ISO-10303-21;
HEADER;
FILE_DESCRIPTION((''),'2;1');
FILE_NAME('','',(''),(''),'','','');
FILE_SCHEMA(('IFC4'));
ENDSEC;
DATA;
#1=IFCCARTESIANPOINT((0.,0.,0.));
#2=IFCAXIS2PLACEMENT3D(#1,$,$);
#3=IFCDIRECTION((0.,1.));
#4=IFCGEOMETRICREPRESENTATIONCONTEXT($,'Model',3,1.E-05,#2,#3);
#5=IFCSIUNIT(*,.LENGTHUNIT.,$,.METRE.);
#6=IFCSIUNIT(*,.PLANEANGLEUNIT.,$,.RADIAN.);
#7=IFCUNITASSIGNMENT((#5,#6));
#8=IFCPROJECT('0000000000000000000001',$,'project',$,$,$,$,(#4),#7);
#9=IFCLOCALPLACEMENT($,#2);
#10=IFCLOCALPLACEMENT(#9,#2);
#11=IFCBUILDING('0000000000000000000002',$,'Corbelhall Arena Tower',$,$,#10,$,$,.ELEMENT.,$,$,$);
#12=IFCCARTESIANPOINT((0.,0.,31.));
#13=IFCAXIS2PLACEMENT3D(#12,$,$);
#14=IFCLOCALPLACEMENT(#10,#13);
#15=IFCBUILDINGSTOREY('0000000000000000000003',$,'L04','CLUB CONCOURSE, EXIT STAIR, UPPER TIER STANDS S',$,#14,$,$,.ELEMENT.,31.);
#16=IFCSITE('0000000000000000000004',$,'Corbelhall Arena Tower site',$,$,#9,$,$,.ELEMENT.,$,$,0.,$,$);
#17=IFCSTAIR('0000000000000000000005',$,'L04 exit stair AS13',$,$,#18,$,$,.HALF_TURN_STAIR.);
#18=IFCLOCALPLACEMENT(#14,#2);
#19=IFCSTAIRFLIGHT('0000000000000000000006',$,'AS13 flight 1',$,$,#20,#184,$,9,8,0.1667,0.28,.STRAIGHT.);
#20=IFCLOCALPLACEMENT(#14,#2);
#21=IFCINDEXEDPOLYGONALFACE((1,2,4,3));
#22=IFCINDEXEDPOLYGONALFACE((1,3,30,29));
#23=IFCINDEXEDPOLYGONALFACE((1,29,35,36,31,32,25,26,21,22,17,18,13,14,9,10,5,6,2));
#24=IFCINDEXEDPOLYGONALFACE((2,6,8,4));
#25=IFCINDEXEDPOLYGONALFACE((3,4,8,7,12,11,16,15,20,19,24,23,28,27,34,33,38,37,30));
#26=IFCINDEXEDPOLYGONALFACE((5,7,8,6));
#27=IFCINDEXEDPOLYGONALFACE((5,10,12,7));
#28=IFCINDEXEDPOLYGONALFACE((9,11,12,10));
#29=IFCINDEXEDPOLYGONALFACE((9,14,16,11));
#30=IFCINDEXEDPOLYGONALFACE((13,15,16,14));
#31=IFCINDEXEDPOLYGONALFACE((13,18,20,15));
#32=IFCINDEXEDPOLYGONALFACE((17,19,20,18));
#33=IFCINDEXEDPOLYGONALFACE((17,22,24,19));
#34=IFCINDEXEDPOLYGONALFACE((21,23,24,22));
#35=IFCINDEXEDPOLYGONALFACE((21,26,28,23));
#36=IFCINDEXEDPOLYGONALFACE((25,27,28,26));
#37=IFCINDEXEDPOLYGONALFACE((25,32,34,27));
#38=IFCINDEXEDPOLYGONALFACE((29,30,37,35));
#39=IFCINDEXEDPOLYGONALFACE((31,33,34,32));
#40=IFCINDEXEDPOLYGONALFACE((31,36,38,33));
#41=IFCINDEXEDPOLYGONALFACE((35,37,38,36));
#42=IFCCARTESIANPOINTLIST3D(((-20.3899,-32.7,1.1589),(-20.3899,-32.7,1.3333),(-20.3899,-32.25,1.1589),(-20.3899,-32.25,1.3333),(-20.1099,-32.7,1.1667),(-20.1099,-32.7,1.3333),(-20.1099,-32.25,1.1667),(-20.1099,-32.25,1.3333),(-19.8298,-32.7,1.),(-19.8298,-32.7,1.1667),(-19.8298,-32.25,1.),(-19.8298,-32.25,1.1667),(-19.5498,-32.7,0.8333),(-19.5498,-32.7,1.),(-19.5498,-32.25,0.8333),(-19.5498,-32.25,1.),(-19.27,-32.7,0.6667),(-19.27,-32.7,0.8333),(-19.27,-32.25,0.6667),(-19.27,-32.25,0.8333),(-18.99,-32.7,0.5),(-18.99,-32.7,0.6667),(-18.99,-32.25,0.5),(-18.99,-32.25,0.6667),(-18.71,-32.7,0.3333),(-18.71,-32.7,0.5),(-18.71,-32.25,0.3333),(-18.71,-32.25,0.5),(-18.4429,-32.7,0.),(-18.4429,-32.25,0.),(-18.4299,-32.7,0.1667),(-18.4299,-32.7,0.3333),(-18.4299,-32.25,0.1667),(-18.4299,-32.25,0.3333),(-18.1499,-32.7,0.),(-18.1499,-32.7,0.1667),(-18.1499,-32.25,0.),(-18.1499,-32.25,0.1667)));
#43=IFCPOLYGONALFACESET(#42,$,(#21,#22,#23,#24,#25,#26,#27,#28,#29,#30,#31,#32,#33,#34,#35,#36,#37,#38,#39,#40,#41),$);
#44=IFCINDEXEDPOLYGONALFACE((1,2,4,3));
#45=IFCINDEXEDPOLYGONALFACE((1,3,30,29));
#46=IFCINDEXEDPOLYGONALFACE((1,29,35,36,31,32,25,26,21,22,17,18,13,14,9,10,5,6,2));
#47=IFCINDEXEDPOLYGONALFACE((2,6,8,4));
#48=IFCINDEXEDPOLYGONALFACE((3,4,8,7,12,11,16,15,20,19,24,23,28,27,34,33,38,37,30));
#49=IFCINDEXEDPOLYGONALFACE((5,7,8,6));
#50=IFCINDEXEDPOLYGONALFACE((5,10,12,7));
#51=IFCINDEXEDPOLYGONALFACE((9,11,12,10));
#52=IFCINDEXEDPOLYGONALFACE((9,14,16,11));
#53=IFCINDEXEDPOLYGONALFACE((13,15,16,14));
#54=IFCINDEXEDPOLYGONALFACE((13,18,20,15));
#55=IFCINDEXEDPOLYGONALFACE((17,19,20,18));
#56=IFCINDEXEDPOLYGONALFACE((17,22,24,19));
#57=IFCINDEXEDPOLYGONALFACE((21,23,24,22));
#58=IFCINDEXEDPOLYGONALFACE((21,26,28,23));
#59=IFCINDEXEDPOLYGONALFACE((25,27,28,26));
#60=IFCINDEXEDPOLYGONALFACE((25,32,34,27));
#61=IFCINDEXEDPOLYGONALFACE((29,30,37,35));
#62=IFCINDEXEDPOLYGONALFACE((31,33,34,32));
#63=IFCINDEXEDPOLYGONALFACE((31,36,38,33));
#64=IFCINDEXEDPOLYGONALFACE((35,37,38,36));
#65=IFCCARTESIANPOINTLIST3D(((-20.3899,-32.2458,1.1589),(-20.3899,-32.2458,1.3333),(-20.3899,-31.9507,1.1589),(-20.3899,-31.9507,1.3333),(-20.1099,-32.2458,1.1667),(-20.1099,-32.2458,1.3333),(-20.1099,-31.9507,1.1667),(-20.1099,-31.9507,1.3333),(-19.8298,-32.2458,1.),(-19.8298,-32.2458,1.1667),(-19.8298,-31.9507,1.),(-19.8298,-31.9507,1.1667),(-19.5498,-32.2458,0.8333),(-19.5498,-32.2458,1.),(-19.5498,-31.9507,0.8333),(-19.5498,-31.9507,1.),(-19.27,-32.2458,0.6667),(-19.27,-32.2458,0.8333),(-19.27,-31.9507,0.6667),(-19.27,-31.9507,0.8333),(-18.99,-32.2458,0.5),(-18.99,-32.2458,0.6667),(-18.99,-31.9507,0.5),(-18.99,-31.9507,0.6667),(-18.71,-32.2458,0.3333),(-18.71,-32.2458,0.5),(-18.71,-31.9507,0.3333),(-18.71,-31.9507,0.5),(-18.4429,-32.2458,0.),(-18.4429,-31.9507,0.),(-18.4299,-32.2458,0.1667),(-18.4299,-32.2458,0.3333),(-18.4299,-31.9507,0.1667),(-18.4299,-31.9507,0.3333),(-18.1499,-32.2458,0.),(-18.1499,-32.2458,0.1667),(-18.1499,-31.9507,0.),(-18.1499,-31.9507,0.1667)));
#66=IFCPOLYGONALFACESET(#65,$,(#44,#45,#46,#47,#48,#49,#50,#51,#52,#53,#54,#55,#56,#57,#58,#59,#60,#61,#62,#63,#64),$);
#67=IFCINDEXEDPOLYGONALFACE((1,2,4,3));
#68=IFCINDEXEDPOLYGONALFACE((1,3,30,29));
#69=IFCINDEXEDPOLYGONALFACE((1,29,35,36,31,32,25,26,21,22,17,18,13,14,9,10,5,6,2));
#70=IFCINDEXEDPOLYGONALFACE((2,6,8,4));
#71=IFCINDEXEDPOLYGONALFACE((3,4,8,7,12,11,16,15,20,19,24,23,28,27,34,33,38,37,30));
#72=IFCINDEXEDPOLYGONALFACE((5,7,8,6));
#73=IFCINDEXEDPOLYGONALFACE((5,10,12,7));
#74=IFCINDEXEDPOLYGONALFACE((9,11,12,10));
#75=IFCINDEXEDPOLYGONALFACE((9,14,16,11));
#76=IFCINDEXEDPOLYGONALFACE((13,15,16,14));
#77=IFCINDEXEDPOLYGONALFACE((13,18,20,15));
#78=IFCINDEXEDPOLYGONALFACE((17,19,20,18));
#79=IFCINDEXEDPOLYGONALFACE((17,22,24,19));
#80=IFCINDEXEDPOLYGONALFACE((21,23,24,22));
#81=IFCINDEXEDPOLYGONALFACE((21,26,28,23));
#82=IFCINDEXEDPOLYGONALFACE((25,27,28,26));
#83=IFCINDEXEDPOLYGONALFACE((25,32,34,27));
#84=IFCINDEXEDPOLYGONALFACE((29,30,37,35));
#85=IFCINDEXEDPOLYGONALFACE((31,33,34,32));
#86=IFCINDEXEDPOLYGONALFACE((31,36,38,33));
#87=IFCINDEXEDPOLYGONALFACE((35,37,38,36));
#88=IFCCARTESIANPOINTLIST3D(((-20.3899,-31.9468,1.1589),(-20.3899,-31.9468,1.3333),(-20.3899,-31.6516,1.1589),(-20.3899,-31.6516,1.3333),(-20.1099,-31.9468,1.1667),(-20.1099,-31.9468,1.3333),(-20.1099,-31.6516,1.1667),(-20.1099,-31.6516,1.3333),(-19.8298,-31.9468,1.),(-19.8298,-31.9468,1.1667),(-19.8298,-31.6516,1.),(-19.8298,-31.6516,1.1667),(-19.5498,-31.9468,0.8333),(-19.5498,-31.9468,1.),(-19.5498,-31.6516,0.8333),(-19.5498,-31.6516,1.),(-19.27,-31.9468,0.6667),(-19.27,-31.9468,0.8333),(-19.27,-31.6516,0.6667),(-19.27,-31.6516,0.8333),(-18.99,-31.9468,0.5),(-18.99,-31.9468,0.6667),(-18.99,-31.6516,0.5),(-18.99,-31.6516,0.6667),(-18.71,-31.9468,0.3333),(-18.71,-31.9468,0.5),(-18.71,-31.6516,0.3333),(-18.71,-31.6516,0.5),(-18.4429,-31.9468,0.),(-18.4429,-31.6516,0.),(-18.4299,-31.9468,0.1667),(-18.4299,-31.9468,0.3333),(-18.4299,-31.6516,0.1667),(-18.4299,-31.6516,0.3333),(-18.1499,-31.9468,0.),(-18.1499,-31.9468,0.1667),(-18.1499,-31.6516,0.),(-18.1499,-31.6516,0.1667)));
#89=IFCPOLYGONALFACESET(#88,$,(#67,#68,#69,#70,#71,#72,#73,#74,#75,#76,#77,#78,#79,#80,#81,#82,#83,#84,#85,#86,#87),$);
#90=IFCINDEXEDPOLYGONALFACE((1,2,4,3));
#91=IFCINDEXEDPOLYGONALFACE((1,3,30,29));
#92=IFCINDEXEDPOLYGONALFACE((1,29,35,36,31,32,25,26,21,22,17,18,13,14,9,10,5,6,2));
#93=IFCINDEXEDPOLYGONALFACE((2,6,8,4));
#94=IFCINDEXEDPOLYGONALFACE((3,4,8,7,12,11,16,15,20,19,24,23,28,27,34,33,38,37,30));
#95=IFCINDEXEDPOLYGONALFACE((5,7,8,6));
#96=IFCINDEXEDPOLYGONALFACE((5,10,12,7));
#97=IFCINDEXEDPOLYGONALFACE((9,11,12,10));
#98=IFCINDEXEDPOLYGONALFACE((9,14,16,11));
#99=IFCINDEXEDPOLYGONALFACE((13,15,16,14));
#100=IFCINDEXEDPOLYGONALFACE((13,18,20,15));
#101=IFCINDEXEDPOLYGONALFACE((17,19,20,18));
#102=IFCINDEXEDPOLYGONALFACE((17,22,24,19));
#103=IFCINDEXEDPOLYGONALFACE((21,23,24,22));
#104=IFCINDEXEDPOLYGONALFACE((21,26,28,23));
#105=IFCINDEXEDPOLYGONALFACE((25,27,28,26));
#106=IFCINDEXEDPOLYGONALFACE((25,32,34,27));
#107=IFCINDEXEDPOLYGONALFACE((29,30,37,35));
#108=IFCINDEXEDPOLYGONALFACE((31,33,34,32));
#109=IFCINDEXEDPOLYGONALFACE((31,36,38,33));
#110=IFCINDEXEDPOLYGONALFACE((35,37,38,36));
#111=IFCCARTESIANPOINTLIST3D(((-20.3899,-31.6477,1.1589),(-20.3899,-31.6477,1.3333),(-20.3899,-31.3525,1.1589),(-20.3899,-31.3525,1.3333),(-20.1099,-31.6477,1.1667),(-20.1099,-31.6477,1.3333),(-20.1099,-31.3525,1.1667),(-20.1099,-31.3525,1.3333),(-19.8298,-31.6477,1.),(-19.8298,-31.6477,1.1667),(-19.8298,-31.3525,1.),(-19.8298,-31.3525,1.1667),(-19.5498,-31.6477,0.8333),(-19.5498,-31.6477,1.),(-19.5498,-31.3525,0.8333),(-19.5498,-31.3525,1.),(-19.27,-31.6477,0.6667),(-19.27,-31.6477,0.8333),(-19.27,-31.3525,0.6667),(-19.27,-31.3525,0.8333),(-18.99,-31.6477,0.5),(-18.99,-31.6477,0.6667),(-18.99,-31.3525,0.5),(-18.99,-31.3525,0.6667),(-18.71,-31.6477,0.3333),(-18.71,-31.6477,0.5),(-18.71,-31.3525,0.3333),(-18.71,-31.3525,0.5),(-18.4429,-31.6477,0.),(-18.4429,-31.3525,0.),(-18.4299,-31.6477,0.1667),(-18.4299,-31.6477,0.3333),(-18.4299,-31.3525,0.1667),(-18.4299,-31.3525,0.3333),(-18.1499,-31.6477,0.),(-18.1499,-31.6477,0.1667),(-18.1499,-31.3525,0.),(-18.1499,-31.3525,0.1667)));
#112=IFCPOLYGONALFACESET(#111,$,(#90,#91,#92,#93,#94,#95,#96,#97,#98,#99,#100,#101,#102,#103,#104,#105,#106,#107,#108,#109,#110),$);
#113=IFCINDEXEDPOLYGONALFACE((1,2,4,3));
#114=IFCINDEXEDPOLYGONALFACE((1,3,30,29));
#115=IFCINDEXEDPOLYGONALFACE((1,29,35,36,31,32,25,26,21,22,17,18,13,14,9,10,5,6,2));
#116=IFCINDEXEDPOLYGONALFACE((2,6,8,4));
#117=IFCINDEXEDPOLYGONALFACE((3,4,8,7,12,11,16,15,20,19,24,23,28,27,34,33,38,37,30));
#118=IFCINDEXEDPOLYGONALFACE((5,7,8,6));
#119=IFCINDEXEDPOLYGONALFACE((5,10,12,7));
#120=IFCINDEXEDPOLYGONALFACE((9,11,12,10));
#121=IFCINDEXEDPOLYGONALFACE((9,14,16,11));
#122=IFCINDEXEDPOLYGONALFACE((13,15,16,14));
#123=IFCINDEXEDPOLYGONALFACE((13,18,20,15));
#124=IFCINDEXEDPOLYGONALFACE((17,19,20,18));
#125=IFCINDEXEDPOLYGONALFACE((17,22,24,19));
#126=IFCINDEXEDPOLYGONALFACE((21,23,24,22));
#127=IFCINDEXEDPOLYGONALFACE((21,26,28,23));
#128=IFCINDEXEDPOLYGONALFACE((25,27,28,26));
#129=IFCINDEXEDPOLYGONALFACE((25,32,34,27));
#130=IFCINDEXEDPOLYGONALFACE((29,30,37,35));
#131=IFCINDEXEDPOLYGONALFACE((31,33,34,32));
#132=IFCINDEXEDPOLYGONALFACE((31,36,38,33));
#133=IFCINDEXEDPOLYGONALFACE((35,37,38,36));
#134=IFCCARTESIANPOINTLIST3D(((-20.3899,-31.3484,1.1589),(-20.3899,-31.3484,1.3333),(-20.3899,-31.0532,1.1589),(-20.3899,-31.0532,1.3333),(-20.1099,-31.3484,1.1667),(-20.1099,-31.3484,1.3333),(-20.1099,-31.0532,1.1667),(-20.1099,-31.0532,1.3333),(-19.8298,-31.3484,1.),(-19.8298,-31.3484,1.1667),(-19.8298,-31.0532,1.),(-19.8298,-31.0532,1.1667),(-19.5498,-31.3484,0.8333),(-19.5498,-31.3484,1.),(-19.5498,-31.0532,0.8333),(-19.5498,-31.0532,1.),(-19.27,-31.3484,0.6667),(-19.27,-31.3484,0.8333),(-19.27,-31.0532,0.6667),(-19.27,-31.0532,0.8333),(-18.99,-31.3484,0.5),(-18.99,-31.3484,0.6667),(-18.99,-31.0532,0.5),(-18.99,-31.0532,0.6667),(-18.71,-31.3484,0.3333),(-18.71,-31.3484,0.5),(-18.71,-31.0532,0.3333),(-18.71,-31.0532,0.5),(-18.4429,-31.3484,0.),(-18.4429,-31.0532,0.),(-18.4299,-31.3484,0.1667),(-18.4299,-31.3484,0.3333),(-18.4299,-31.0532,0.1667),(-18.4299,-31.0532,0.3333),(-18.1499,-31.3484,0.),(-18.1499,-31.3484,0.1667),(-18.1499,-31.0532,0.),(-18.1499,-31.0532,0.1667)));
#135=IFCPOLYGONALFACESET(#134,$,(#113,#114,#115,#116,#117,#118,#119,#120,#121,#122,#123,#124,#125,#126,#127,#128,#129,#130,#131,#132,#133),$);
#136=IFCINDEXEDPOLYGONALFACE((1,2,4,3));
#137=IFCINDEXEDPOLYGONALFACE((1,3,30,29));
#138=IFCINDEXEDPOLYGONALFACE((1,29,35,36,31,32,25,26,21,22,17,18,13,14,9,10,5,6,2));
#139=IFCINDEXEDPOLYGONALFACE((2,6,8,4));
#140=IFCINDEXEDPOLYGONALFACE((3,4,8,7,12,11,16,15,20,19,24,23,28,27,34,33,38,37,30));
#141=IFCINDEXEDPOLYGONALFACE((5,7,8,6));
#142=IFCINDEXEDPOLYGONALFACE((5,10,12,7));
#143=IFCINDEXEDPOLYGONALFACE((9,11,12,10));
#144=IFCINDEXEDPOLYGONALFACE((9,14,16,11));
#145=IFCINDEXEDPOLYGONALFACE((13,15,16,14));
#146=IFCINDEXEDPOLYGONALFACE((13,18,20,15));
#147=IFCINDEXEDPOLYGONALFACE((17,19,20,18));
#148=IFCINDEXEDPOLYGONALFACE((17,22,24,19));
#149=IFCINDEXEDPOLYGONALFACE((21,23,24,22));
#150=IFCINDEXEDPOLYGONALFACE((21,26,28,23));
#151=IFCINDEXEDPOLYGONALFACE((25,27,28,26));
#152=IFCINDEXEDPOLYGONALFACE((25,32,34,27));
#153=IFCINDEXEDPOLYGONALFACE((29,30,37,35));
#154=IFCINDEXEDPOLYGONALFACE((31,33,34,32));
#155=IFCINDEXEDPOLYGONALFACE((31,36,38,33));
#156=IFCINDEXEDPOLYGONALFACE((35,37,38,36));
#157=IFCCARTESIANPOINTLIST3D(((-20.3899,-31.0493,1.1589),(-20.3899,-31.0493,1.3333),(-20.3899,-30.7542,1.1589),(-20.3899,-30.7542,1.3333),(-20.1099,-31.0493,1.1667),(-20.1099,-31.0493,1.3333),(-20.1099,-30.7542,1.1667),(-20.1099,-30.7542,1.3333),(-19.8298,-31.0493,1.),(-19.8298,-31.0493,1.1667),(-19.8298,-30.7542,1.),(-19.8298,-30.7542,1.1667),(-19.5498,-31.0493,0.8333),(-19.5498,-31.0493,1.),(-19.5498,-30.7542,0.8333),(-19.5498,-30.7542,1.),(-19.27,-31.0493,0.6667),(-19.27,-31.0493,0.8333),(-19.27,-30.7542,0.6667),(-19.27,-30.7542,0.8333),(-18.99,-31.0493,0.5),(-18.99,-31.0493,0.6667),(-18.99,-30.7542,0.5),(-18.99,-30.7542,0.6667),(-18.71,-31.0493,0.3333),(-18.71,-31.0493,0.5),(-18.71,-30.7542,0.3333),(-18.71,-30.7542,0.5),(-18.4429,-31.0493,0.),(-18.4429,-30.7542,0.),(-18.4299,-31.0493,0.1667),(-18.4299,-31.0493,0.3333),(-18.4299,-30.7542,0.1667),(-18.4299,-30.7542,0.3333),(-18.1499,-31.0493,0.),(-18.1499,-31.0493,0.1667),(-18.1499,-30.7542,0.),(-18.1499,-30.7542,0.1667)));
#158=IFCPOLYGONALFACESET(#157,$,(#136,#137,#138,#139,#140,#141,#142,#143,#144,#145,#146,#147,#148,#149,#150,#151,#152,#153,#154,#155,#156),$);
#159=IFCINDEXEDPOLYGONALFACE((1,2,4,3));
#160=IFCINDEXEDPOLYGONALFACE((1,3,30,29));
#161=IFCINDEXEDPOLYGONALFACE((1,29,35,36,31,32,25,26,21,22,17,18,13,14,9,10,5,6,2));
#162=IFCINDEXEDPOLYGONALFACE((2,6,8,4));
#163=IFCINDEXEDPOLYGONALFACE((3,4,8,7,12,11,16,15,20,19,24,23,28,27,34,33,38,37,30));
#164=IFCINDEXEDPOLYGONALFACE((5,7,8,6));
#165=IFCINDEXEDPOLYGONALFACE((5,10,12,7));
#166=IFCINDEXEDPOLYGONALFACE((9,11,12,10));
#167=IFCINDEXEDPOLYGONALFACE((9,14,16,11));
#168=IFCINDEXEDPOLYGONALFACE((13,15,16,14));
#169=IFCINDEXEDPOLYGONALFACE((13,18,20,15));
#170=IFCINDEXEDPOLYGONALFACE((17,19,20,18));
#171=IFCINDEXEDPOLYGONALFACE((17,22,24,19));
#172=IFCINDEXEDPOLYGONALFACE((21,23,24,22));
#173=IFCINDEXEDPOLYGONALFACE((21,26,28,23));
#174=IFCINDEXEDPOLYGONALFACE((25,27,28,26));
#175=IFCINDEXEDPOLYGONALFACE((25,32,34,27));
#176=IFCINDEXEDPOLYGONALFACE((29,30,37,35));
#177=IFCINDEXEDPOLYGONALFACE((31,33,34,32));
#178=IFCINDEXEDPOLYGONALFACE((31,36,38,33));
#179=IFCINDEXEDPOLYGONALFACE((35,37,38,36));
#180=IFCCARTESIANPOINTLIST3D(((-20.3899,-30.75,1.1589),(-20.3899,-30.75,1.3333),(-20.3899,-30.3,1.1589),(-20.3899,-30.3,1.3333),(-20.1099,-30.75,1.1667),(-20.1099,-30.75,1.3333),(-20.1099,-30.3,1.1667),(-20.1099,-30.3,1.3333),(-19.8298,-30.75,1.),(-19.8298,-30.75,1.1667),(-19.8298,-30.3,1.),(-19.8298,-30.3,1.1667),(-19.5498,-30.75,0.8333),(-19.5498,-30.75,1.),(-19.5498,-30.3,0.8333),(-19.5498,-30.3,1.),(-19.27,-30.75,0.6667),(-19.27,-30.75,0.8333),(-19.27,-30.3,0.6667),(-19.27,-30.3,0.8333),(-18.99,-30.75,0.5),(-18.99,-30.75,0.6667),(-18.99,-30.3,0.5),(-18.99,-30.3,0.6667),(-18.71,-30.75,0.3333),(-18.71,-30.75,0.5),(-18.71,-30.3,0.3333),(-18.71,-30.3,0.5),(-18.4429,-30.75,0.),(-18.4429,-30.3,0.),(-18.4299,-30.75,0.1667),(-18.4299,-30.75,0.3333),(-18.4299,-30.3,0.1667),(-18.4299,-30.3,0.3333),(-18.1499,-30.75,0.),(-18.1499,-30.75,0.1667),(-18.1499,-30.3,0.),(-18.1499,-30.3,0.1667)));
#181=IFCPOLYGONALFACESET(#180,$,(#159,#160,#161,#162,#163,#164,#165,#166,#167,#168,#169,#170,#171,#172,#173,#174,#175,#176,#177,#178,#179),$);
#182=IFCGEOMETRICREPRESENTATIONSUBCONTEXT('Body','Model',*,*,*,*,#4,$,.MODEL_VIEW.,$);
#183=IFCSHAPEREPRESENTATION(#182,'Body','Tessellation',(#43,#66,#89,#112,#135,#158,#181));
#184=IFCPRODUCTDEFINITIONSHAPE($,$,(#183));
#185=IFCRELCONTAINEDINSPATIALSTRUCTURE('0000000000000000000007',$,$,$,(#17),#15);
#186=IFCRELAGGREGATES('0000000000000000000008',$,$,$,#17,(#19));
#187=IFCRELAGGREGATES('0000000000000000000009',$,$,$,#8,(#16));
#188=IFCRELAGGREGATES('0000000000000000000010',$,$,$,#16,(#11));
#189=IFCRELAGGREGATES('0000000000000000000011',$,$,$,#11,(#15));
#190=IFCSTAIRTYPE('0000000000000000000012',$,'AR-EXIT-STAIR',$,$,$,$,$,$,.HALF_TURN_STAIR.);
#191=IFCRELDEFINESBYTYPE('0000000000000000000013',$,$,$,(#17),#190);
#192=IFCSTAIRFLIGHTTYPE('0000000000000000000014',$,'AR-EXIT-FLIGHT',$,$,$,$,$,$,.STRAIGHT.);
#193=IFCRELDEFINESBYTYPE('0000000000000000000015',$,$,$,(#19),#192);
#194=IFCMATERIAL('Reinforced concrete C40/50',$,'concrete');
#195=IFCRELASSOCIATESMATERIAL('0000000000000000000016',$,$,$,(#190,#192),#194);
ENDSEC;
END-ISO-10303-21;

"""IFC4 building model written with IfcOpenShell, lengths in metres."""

from ifc_helpers import new_model, si_unit, direction, frame, origin, place, context, subcontext, project, spatial, polyline, outline, extrude, material, type_object, element, aggregate, save


model = new_model("IFC4")

# Units and contexts
model_context = context("Model", 3, precision=1e-05, world=origin(), true_north=direction((0.0, 1.0)))
body_context = subcontext(model_context, "Body", "Model", "MODEL_VIEW")
ifc_project = project(units=[si_unit("LENGTHUNIT", "METRE"), si_unit("PLANEANGLEUNIT", "RADIAN")], contexts=[model_context])

# Site, building, storey
site_placement = place(None, origin())
site = spatial("IfcSite", under=ifc_project, at=site_placement, Name="Corbelhall Arena Tower site", CompositionType="ELEMENT", RefElevation=0.0)
building_placement = place(site_placement, origin())
building = spatial("IfcBuilding", under=site, at=building_placement, Name="Corbelhall Arena Tower", CompositionType="ELEMENT")
storey_placement = place(building_placement, frame((0.0, 0.0, 31.0)))
storey = spatial("IfcBuildingStorey", under=building, at=storey_placement, Name="L04", Description="CLUB CONCOURSE, EXIT STAIR, UPPER TIER STANDS S", CompositionType="ELEMENT", Elevation=31.0)

# Shared definitions
ifc_material_1 = material(Name="Reinforced concrete C40/50", Category="concrete")

# Stair, stair flight
stair_type = type_object("IfcStairType", Name="AR-EXIT-STAIR", PredefinedType="HALF_TURN_STAIR", material=ifc_material_1)
stair_1_placement = place(storey_placement, origin())
stair_1 = element("IfcStair", 1, at=stair_1_placement, inside=storey, type_object=stair_type, Name="L04 exit stair AS13", PredefinedType="HALF_TURN_STAIR")
stair_flight_type = type_object("IfcStairFlightType", Name="AR-EXIT-FLIGHT", PredefinedType="STRAIGHT", material=ifc_material_1)
stair_flight_1_placement = place(storey_placement, frame((-18.1499, -31.5, 0.0), z_axis=(0.0, 0.0, 1.0), x_axis=(-1.0, 0.0, 0.0)))
stair_flight_1 = element("IfcStairFlight", 2, at=stair_flight_1_placement, type_object=stair_flight_type, Name="AS13 flight 1", NumberOfRisers=9, NumberOfTreads=8, PredefinedType="STRAIGHT", RiserHeight=0.1667, TreadLength=0.28, context=body_context, shape_type="SweptSolid", body=[
    extrude(outline(polyline([(0.0, 0.0), (0.0, 0.1667), (0.28, 0.1667), (0.28, 0.3333), (0.5601, 0.3333), (0.5601, 0.5), (0.8401, 0.5), (0.8401, 0.6667), (1.1201, 0.6667), (1.1201, 0.8333), (1.3999, 0.8333), (1.3999, 1.0), (1.6799, 1.0), (1.6799, 1.1667), (1.96, 1.1667), (1.96, 1.3333), (2.24, 1.3333), (2.24, 1.5), (2.24, 1.1589), (0.293, 0.0), (0.0, 0.0)])), frame((0.0, 1.2, 0.0), z_axis=(0.0, -1.0, 0.0), x_axis=(1.0, 0.0, 0.0)), (0.0, 0.0, 1.0), 0.45),
    extrude(outline(polyline([(0.0, 0.0), (0.0, 0.1667), (0.28, 0.1667), (0.28, 0.3333), (0.5601, 0.3333), (0.5601, 0.5), (0.8401, 0.5), (0.8401, 0.6667), (1.1201, 0.6667), (1.1201, 0.8333), (1.3999, 0.8333), (1.3999, 1.0), (1.6799, 1.0), (1.6799, 1.1667), (1.96, 1.1667), (1.96, 1.3333), (2.24, 1.3333), (2.24, 1.5), (2.24, 1.1589), (0.293, 0.0), (0.0, 0.0)])), frame((0.0, 0.7458, 0.0), z_axis=(0.0, -1.0, 0.0), x_axis=(1.0, 0.0, 0.0)), (0.0, 0.0, 1.0), 0.2952),
    extrude(outline(polyline([(0.0, 0.0), (0.0, 0.1667), (0.28, 0.1667), (0.28, 0.3333), (0.5601, 0.3333), (0.5601, 0.5), (0.8401, 0.5), (0.8401, 0.6667), (1.1201, 0.6667), (1.1201, 0.8333), (1.3999, 0.8333), (1.3999, 1.0), (1.6799, 1.0), (1.6799, 1.1667), (1.96, 1.1667), (1.96, 1.3333), (2.24, 1.3333), (2.24, 1.5), (2.24, 1.1589), (0.293, 0.0), (0.0, 0.0)])), frame((0.0, 0.4468, 0.0), z_axis=(0.0, -1.0, 0.0), x_axis=(1.0, 0.0, 0.0)), (0.0, 0.0, 1.0), 0.2952),
    extrude(outline(polyline([(0.0, 0.0), (0.0, 0.1667), (0.28, 0.1667), (0.28, 0.3333), (0.5601, 0.3333), (0.5601, 0.5), (0.8401, 0.5), (0.8401, 0.6667), (1.1201, 0.6667), (1.1201, 0.8333), (1.3999, 0.8333), (1.3999, 1.0), (1.6799, 1.0), (1.6799, 1.1667), (1.96, 1.1667), (1.96, 1.3333), (2.24, 1.3333), (2.24, 1.5), (2.24, 1.1589), (0.293, 0.0), (0.0, 0.0)])), frame((0.0, 0.1477, 0.0), z_axis=(0.0, -1.0, 0.0), x_axis=(1.0, 0.0, 0.0)), (0.0, 0.0, 1.0), 0.2952),
    extrude(outline(polyline([(0.0, 0.0), (0.0, 0.1667), (0.28, 0.1667), (0.28, 0.3333), (0.5601, 0.3333), (0.5601, 0.5), (0.8401, 0.5), (0.8401, 0.6667), (1.1201, 0.6667), (1.1201, 0.8333), (1.3999, 0.8333), (1.3999, 1.0), (1.6799, 1.0), (1.6799, 1.1667), (1.96, 1.1667), (1.96, 1.3333), (2.24, 1.3333), (2.24, 1.5), (2.24, 1.1589), (0.293, 0.0), (0.0, 0.0)])), frame((0.0, -0.1516, 0.0), z_axis=(0.0, -1.0, 0.0), x_axis=(1.0, 0.0, 0.0)), (0.0, 0.0, 1.0), 0.2952),
    extrude(outline(polyline([(0.0, 0.0), (0.0, 0.1667), (0.28, 0.1667), (0.28, 0.3333), (0.5601, 0.3333), (0.5601, 0.5), (0.8401, 0.5), (0.8401, 0.6667), (1.1201, 0.6667), (1.1201, 0.8333), (1.3999, 0.8333), (1.3999, 1.0), (1.6799, 1.0), (1.6799, 1.1667), (1.96, 1.1667), (1.96, 1.3333), (2.24, 1.3333), (2.24, 1.5), (2.24, 1.1589), (0.293, 0.0), (0.0, 0.0)])), frame((0.0, -0.4507, 0.0), z_axis=(0.0, -1.0, 0.0), x_axis=(1.0, 0.0, 0.0)), (0.0, 0.0, 1.0), 0.2952),
    extrude(outline(polyline([(0.0, 0.0), (0.0, 0.1667), (0.28, 0.1667), (0.28, 0.3333), (0.5601, 0.3333), (0.5601, 0.5), (0.8401, 0.5), (0.8401, 0.6667), (1.1201, 0.6667), (1.1201, 0.8333), (1.3999, 0.8333), (1.3999, 1.0), (1.6799, 1.0), (1.6799, 1.1667), (1.96, 1.1667), (1.96, 1.3333), (2.24, 1.3333), (2.24, 1.5), (2.24, 1.1589), (0.293, 0.0), (0.0, 0.0)])), frame((0.0, -0.75, 0.0), z_axis=(0.0, -1.0, 0.0), x_axis=(1.0, 0.0, 0.0)), (0.0, 0.0, 1.0), 0.45),
])
aggregate(stair_1, [stair_flight_1])

save(model, "model.ifc")
